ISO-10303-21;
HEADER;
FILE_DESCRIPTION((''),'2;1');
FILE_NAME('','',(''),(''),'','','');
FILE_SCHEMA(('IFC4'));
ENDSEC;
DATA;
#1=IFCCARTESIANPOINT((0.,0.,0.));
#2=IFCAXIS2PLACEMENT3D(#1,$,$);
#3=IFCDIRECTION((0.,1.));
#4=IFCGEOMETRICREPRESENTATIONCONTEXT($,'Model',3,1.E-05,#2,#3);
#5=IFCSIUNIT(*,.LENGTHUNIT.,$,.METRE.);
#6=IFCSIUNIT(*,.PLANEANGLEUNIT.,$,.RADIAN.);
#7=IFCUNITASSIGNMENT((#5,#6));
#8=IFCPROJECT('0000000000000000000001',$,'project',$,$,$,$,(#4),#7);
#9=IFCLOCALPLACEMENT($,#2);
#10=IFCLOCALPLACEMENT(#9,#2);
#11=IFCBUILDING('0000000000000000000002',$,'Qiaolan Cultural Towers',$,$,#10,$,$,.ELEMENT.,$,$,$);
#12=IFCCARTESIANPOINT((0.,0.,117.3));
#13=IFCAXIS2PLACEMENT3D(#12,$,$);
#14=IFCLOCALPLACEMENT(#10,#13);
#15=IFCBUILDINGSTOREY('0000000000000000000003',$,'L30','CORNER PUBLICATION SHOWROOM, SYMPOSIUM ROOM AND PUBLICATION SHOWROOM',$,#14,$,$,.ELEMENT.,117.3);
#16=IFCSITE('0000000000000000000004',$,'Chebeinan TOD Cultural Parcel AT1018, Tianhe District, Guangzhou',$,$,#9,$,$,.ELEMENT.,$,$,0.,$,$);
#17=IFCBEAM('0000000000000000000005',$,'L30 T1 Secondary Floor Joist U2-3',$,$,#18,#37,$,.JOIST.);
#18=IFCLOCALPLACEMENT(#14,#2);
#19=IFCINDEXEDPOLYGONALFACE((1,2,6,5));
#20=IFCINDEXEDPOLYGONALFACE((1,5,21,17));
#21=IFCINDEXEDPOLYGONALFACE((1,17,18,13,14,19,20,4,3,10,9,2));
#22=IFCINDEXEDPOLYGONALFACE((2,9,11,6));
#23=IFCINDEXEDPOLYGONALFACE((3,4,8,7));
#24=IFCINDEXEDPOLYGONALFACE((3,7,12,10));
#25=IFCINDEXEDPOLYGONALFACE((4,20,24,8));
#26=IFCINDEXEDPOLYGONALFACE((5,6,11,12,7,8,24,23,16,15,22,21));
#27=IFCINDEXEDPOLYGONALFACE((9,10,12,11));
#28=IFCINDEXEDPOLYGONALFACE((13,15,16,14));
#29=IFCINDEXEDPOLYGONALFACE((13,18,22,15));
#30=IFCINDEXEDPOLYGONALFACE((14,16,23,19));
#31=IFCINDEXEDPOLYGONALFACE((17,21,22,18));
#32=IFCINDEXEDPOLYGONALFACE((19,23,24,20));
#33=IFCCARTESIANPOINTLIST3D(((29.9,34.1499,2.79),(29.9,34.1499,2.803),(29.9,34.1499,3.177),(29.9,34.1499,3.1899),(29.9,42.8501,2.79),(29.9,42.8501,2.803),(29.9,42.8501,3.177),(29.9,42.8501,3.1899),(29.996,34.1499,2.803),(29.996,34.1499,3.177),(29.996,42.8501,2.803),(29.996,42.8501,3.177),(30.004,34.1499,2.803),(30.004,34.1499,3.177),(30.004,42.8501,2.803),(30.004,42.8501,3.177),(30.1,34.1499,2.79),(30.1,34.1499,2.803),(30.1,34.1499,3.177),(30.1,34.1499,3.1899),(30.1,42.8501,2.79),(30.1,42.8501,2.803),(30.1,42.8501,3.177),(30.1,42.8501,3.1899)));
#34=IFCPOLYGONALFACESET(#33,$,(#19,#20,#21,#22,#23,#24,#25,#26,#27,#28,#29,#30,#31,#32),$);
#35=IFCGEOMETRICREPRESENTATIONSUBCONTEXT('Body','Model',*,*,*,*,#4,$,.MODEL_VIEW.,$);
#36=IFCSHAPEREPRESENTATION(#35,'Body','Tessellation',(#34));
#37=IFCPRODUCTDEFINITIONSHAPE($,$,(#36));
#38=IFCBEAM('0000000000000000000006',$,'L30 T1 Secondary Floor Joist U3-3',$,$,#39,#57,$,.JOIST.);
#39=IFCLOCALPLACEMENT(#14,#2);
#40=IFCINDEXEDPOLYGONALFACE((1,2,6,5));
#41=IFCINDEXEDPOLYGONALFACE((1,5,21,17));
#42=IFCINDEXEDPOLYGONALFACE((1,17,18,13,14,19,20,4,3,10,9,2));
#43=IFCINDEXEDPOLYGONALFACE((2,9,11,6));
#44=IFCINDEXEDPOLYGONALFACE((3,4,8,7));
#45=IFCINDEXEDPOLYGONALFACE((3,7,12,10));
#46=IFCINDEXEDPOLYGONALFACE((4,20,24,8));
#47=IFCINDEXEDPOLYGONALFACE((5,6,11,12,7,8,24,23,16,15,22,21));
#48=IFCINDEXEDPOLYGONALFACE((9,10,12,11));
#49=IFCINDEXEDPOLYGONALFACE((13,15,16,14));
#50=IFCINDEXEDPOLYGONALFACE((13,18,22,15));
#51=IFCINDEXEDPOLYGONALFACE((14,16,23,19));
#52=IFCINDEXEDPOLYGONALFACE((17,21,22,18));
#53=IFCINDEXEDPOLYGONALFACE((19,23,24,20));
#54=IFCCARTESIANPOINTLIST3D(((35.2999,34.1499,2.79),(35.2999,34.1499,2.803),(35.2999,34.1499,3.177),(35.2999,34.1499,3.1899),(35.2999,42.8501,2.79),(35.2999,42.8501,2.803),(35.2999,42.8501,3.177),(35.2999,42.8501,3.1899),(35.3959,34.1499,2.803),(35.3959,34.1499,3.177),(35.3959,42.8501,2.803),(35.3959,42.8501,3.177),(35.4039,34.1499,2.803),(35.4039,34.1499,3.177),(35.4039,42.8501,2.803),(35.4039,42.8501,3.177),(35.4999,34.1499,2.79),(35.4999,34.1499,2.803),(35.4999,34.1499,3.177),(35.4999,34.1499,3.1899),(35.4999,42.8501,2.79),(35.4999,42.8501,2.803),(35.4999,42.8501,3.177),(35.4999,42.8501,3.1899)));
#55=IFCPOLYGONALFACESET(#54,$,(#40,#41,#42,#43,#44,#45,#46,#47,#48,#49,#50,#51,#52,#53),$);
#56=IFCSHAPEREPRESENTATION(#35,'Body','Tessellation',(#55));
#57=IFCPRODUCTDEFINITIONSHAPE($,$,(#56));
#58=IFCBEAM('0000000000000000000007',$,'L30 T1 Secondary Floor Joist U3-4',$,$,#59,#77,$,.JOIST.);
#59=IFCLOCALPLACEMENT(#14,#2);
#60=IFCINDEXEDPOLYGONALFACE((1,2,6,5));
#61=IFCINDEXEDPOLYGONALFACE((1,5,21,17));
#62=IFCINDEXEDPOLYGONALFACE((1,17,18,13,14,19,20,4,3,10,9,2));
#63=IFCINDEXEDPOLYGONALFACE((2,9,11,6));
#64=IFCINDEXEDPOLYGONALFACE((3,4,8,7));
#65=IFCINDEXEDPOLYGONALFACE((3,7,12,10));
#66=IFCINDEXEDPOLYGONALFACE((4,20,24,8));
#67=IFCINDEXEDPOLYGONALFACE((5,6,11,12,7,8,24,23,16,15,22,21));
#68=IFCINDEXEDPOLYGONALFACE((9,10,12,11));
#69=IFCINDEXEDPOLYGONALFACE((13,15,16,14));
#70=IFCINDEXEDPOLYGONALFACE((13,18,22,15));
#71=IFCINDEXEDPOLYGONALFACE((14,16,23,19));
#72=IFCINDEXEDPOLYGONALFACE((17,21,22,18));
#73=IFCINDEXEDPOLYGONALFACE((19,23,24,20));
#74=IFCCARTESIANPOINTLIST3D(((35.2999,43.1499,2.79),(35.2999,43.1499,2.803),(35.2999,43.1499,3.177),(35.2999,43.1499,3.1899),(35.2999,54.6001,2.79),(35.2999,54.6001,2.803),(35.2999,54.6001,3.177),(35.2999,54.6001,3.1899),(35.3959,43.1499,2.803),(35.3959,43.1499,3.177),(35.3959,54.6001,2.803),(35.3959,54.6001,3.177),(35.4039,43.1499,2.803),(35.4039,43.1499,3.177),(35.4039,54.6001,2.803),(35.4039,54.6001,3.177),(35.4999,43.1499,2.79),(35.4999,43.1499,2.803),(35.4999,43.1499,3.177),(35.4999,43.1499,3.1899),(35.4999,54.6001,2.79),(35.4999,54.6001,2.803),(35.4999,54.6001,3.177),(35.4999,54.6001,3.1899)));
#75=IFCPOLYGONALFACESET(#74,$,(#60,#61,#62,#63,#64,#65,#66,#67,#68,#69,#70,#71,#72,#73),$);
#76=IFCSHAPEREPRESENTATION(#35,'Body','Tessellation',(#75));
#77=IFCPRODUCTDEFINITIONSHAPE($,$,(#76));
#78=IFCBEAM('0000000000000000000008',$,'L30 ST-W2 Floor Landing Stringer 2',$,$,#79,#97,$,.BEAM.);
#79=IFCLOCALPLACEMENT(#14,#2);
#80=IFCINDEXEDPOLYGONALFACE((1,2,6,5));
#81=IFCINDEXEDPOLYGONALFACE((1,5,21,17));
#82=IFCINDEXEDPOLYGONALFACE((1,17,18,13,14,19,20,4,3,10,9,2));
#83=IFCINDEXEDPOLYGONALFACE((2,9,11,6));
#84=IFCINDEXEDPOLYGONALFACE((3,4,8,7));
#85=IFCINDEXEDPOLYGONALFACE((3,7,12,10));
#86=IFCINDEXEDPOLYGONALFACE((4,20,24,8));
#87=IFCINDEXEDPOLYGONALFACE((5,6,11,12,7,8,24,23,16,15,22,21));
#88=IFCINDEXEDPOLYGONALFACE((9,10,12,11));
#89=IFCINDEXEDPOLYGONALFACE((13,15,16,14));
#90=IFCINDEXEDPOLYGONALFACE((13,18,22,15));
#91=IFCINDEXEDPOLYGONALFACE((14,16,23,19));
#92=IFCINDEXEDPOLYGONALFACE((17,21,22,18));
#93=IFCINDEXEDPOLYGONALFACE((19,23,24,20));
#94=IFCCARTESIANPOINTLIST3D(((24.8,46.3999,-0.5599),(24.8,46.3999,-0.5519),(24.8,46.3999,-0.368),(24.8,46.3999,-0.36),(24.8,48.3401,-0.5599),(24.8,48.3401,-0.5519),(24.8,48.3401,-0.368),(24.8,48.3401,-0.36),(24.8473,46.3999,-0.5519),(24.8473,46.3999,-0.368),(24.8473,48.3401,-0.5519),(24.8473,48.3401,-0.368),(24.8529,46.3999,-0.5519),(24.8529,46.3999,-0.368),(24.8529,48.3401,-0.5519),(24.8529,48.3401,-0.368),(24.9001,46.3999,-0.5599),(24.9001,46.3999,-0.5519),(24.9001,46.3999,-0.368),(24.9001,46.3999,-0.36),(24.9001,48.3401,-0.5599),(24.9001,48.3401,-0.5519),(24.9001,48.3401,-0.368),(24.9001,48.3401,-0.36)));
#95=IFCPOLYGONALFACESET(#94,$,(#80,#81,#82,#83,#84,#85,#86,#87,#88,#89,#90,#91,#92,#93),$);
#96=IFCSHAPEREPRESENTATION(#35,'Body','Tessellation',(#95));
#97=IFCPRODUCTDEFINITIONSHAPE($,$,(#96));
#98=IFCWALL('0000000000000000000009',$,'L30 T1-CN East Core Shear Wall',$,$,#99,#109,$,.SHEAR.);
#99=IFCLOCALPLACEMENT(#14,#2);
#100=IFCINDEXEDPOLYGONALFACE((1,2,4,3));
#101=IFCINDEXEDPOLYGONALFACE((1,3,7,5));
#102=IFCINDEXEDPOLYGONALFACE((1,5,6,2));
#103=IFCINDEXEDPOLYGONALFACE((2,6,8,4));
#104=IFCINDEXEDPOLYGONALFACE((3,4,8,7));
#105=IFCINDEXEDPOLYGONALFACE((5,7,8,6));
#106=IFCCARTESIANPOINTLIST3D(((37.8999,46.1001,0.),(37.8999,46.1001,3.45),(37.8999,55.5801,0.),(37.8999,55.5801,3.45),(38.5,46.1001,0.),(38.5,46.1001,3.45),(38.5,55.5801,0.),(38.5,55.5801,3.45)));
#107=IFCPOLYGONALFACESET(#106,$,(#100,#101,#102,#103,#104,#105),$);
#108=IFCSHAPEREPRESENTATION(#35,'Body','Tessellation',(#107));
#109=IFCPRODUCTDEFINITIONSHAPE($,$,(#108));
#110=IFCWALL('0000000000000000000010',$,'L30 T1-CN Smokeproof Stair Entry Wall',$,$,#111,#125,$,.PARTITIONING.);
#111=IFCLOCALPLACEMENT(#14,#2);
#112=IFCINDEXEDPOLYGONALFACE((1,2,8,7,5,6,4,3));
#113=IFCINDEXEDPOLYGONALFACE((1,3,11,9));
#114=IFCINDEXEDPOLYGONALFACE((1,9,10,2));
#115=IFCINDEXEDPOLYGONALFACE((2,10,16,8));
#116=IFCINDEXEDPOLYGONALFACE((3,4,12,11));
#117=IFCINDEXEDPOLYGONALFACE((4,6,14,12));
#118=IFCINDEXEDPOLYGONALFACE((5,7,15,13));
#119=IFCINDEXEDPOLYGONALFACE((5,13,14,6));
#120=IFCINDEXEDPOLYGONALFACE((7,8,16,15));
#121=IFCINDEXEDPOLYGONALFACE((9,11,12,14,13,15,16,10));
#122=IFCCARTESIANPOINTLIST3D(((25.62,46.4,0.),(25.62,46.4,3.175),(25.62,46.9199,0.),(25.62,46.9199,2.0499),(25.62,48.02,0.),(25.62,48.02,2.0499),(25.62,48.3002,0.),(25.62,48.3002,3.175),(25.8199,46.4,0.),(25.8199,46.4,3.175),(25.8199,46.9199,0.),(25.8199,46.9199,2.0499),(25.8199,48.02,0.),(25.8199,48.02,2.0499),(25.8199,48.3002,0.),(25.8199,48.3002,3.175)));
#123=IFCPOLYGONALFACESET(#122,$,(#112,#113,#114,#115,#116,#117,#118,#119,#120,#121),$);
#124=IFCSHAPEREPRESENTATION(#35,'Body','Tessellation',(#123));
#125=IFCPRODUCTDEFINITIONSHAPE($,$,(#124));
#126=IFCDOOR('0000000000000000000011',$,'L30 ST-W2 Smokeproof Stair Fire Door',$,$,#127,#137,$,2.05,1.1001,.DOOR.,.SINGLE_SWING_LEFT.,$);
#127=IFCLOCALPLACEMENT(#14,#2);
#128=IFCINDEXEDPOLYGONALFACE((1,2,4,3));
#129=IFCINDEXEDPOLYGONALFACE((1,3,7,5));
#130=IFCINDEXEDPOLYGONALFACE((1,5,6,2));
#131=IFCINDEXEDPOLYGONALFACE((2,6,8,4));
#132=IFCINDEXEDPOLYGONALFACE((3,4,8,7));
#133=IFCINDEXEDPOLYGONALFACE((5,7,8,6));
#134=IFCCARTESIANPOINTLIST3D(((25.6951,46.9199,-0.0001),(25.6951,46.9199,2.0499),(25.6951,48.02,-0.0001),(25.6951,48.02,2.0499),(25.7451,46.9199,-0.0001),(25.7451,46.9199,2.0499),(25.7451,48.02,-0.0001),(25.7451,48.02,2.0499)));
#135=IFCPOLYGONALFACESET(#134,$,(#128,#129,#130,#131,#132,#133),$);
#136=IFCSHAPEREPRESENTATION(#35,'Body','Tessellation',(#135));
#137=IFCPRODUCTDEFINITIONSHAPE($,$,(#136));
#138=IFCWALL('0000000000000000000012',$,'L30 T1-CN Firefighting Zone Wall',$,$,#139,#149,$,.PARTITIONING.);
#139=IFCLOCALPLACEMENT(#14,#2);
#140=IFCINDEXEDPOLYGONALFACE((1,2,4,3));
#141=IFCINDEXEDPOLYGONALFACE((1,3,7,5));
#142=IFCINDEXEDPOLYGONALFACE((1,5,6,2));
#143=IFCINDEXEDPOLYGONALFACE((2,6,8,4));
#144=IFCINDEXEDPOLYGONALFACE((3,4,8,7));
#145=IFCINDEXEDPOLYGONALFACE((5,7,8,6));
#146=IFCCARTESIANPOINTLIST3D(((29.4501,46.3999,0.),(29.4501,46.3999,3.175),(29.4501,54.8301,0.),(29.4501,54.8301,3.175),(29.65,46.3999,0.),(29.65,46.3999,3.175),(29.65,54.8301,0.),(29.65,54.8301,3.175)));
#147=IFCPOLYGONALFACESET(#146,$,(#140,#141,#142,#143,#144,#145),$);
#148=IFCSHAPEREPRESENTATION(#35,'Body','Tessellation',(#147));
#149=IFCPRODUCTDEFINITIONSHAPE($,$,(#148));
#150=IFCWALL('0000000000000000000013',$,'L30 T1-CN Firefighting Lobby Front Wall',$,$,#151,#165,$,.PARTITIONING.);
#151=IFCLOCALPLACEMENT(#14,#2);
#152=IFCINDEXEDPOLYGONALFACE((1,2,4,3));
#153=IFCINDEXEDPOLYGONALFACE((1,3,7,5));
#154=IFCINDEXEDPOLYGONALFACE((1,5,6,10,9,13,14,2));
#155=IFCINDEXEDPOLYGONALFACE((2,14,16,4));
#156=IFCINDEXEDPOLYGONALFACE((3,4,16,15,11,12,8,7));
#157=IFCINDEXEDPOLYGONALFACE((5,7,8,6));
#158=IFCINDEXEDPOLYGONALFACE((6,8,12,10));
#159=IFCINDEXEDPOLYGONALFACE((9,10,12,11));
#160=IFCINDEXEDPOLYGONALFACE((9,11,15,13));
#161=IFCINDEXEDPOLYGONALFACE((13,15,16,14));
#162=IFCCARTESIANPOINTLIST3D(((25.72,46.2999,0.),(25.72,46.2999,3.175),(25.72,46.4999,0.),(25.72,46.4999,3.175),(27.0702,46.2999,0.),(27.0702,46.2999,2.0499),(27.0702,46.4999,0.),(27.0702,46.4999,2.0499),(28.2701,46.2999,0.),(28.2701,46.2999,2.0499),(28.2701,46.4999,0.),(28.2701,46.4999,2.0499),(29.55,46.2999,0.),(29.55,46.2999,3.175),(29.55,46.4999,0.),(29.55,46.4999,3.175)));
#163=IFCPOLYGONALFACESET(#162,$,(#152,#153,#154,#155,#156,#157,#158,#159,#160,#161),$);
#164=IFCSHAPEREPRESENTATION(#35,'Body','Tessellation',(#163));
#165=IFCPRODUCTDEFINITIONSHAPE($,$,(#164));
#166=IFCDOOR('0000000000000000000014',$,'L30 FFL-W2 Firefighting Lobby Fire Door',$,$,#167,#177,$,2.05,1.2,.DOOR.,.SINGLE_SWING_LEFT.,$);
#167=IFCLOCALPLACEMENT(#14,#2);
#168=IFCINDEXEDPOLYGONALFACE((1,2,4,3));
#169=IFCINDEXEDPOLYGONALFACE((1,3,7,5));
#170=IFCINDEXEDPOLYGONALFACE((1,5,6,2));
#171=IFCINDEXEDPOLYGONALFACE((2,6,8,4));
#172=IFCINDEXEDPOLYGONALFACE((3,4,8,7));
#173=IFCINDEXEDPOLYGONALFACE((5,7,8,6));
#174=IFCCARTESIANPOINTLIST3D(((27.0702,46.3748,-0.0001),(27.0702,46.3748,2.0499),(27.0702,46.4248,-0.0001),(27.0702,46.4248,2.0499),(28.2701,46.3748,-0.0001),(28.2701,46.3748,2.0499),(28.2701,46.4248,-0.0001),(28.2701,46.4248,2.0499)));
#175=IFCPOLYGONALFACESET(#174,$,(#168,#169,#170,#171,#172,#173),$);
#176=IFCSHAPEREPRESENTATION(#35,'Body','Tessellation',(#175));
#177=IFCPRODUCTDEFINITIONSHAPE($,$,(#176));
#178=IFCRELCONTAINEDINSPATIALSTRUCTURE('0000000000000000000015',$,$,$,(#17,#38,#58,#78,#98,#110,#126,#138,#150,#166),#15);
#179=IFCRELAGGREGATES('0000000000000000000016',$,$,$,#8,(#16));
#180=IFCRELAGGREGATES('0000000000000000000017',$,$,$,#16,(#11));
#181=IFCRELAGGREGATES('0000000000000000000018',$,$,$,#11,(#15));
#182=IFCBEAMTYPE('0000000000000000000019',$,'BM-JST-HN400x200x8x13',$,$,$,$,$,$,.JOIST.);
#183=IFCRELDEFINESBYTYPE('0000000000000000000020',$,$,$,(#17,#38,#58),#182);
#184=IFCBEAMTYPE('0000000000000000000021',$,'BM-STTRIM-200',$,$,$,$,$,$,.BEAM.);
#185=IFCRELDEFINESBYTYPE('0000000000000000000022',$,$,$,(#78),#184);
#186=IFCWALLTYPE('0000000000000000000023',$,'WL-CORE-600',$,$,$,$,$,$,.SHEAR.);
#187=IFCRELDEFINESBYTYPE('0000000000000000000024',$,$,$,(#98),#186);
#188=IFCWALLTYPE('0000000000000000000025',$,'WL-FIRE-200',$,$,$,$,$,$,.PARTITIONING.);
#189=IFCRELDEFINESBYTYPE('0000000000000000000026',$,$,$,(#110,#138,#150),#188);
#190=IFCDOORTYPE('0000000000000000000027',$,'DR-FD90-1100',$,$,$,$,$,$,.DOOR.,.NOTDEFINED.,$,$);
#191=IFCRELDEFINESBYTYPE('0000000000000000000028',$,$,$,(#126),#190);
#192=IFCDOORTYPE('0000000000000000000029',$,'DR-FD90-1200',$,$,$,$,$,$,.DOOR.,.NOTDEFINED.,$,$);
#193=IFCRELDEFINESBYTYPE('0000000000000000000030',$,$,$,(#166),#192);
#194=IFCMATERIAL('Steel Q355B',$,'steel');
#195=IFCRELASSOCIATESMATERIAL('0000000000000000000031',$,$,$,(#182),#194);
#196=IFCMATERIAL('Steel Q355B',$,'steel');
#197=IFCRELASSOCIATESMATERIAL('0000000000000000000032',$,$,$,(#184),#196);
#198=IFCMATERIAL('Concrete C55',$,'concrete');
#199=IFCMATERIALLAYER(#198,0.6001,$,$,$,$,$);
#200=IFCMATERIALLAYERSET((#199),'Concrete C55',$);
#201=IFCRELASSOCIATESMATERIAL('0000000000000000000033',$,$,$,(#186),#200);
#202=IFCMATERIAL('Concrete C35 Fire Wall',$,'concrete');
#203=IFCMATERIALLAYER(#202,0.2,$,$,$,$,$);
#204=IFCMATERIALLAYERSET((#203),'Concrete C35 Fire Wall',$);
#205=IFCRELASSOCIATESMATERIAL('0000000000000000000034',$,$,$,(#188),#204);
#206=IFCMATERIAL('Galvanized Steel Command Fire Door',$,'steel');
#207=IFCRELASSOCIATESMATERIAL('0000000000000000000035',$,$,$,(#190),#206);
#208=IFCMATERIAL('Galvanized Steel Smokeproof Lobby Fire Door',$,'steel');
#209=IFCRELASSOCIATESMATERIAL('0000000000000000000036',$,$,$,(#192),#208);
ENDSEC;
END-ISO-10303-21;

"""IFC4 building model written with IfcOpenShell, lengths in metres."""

from ifc_helpers import new_model, si_unit, direction, frame, frame_2d, origin, origin_2d, place, context, subcontext, project, spatial, rectangle, i_section, extrude, material, layer, layer_set, material_profile, profile_set, type_object, element, fill, save


model = new_model("IFC4")

# Units and contexts
model_context = context("Model", 3, precision=1e-05, world=origin(), true_north=direction((0.0, 1.0)))
body_context = subcontext(model_context, "Body", "Model", "MODEL_VIEW")
ifc_project = project(units=[si_unit("LENGTHUNIT", "METRE"), si_unit("PLANEANGLEUNIT", "RADIAN")], contexts=[model_context])

# Site, building, storey
site_placement = place(None, origin())
site = spatial("IfcSite", under=ifc_project, at=site_placement, Name="Chebeinan TOD Cultural Parcel AT1018, Tianhe District, Guangzhou", CompositionType="ELEMENT", RefElevation=0.0)
building_placement = place(site_placement, origin())
building = spatial("IfcBuilding", under=site, at=building_placement, Name="Qiaolan Cultural Towers", CompositionType="ELEMENT")
storey_placement = place(building_placement, frame((0.0, 0.0, 117.3)))
storey = spatial("IfcBuildingStorey", under=building, at=storey_placement, Name="L30", Description="CORNER PUBLICATION SHOWROOM, SYMPOSIUM ROOM AND PUBLICATION SHOWROOM", CompositionType="ELEMENT", Elevation=117.3)

# Beams
ifc_material_1 = material(Name="Steel Q355B", Category="steel")
ifc_material_profile_1 = material_profile(ifc_material_1, i_section(OverallWidth=0.2, OverallDepth=0.3999, WebThickness=0.0081, FlangeThickness=0.0129, at=origin_2d()), Name="HN400x200x8x13")
ifc_profile_set_1 = profile_set([ifc_material_profile_1], Name="Steel Q355B")
beam_type_1 = type_object("IfcBeamType", Name="BM-JST-HN400x200x8x13", PredefinedType="JOIST", material=ifc_profile_set_1)
for number, where, z_axis, x_axis, name in (
    (1, (30.0, 34.1499, 2.99), (0.0, 1.0, 0.0), (-1.0, 0.0, 0.0), "L30 T1 Secondary Floor Joist U2-3"),
    (2, (35.3999, 34.1499, 2.99), (0.0, 1.0, 0.0), (-1.0, 0.0, 0.0), "L30 T1 Secondary Floor Joist U3-3"),
):
    element("IfcBeam", number, at=place(storey_placement, frame(where, z_axis=z_axis, x_axis=x_axis)), inside=storey, type_object=beam_type_1, Name=name, PredefinedType="JOIST", context=body_context, shape_type="SweptSolid", body=[
        extrude(i_section(OverallWidth=0.2, OverallDepth=0.3999, WebThickness=0.0081, FlangeThickness=0.0129, at=origin_2d()), origin(), (0.0, 0.0, 1.0), 8.7002),
    ])
beam_1_placement = place(storey_placement, frame((35.3999, 43.1499, 2.99), z_axis=(0.0, 1.0, 0.0), x_axis=(-1.0, 0.0, 0.0)))
element("IfcBeam", 3, at=beam_1_placement, inside=storey, type_object=beam_type_1, Name="L30 T1 Secondary Floor Joist U3-4", PredefinedType="JOIST", context=body_context, shape_type="SweptSolid", body=[
    extrude(i_section(OverallWidth=0.2, OverallDepth=0.3999, WebThickness=0.0081, FlangeThickness=0.0129, at=origin_2d()), origin(), (0.0, 0.0, 1.0), 11.4502),
])
ifc_material_2 = material(Name="Steel Q355B", Category="steel")
ifc_material_profile_2 = material_profile(ifc_material_2, i_section(OverallWidth=0.1001, OverallDepth=0.2, WebThickness=0.0056, FlangeThickness=0.0081, at=origin_2d()), Name="HN200x100x5.5x8")
ifc_profile_set_2 = profile_set([ifc_material_profile_2], Name="Steel Q355B")
beam_type_2 = type_object("IfcBeamType", Name="BM-STTRIM-200", PredefinedType="BEAM", material=ifc_profile_set_2)
beam_2_placement = place(storey_placement, frame((24.8501, 46.3999, -0.46), z_axis=(0.0, 1.0, 0.0), x_axis=(-1.0, 0.0, 0.0)))
element("IfcBeam", 4, at=beam_2_placement, inside=storey, type_object=beam_type_2, Name="L30 ST-W2 Floor Landing Stringer 2", PredefinedType="BEAM", context=body_context, shape_type="SweptSolid", body=[
    extrude(i_section(OverallWidth=0.1001, OverallDepth=0.2, WebThickness=0.0056, FlangeThickness=0.0081, at=origin_2d()), origin(), (0.0, 0.0, 1.0), 1.9402),
])

# Wall
ifc_material_3 = material(Name="Concrete C55", Category="concrete")
ifc_layer_1 = layer(ifc_material_3, 0.6001)
ifc_layer_set_1 = layer_set([ifc_layer_1], Name="Concrete C55")
wall_type_1 = type_object("IfcWallType", Name="WL-CORE-600", PredefinedType="SHEAR", material=ifc_layer_set_1)
wall_1_placement = place(storey_placement, frame((38.2, 46.1001, 0.0), z_axis=(0.0, 0.0, 1.0), x_axis=(0.0, 1.0, 0.0)))
element("IfcWall", 5, at=wall_1_placement, inside=storey, type_object=wall_type_1, Name="L30 T1-CN East Core Shear Wall", PredefinedType="SHEAR", context=body_context, shape_type="SweptSolid", body=[
    extrude(rectangle(XDim=9.48, YDim=0.6001, at=frame_2d((4.74, 0.0))), origin(), (0.0, 0.0, 1.0), 3.45),
])

# Wall, opening, door
ifc_material_4 = material(Name="Concrete C35 Fire Wall", Category="concrete")
ifc_layer_2 = layer(ifc_material_4, 0.2)
ifc_layer_set_2 = layer_set([ifc_layer_2], Name="Concrete C35 Fire Wall")
wall_type_2 = type_object("IfcWallType", Name="WL-FIRE-200", PredefinedType="PARTITIONING", material=ifc_layer_set_2)
wall_2_placement = place(storey_placement, frame((25.72, 46.3999, 0.0), z_axis=(0.0, 0.0, 1.0), x_axis=(0.0, 1.0, 0.0)))
wall_2 = element("IfcWall", 6, at=wall_2_placement, inside=storey, type_object=wall_type_2, Name="L30 T1-CN Smokeproof Stair Entry Wall", PredefinedType="PARTITIONING", context=body_context, shape_type="SweptSolid", body=[
    extrude(rectangle(XDim=1.9001, YDim=0.2, at=frame_2d((0.9502, 0.0))), origin(), (0.0, 0.0, 1.0), 3.175),
])
opening_1_placement = place(wall_2_placement, frame((0.52, 0.0, 0.0)))
opening_1 = element("IfcOpeningElement", 7, at=opening_1_placement, cuts=wall_2, PredefinedType="OPENING", context=body_context, shape_type="SweptSolid", body=[
    extrude(rectangle(XDim=1.1001, YDim=2.05, at=frame_2d((0.55, 1.0249))), frame((0.0, 0.1099, 0.0), z_axis=(0.0, -1.0, 0.0), x_axis=(1.0, 0.0, 0.0)), (0.0, 0.0, 1.0), 0.22),
])
ifc_material_5 = material(Name="Galvanized Steel Command Fire Door", Category="steel")
door_type_1 = type_object("IfcDoorType", Name="DR-FD90-1100", OperationType="NOTDEFINED", PredefinedType="DOOR", material=ifc_material_5)
door_1_placement = place(opening_1_placement, origin())
door_1 = element("IfcDoor", 8, at=door_1_placement, inside=storey, type_object=door_type_1, Name="L30 ST-W2 Smokeproof Stair Fire Door", OperationType="SINGLE_SWING_LEFT", OverallHeight=2.05, OverallWidth=1.1001, PredefinedType="DOOR", context=body_context, shape_type="SweptSolid", body=[
    extrude(rectangle(XDim=1.1001, YDim=2.05, at=frame_2d((0.55, 1.0249))), frame((0.0, 0.0249, 0.0), z_axis=(0.0, -1.0, 0.0), x_axis=(1.0, 0.0, 0.0)), (0.0, 0.0, 1.0), 0.05),
])
fill(opening_1, door_1)

# Wall
wall_3_placement = place(storey_placement, frame((29.55, 46.3999, 0.0), z_axis=(0.0, 0.0, 1.0), x_axis=(0.0, 1.0, 0.0)))
element("IfcWall", 9, at=wall_3_placement, inside=storey, type_object=wall_type_2, Name="L30 T1-CN Firefighting Zone Wall", PredefinedType="PARTITIONING", context=body_context, shape_type="SweptSolid", body=[
    extrude(rectangle(XDim=8.4302, YDim=0.2, at=frame_2d((4.2151, 0.0))), origin(), (0.0, 0.0, 1.0), 3.175),
])

# Wall, opening, door
wall_4_placement = place(storey_placement, frame((25.72, 46.3999, 0.0), z_axis=(0.0, 0.0, 1.0), x_axis=(1.0, 0.0, 0.0)))
wall_4 = element("IfcWall", 10, at=wall_4_placement, inside=storey, type_object=wall_type_2, Name="L30 T1-CN Firefighting Lobby Front Wall", PredefinedType="PARTITIONING", context=body_context, shape_type="SweptSolid", body=[
    extrude(rectangle(XDim=3.8301, YDim=0.2, at=frame_2d((1.915, 0.0))), origin(), (0.0, 0.0, 1.0), 3.175),
])
opening_2_placement = place(wall_4_placement, frame((1.3501, 0.0, 0.0)))
opening_2 = element("IfcOpeningElement", 11, at=opening_2_placement, cuts=wall_4, PredefinedType="OPENING", context=body_context, shape_type="SweptSolid", body=[
    extrude(rectangle(XDim=1.2, YDim=2.05, at=frame_2d((0.6001, 1.0249))), frame((0.0, 0.1099, 0.0), z_axis=(0.0, -1.0, 0.0), x_axis=(1.0, 0.0, 0.0)), (0.0, 0.0, 1.0), 0.22),
])
ifc_material_6 = material(Name="Galvanized Steel Smokeproof Lobby Fire Door", Category="steel")
door_type_2 = type_object("IfcDoorType", Name="DR-FD90-1200", OperationType="NOTDEFINED", PredefinedType="DOOR", material=ifc_material_6)
door_2_placement = place(opening_2_placement, origin())
door_2 = element("IfcDoor", 12, at=door_2_placement, inside=storey, type_object=door_type_2, Name="L30 FFL-W2 Firefighting Lobby Fire Door", OperationType="SINGLE_SWING_LEFT", OverallHeight=2.05, OverallWidth=1.2, PredefinedType="DOOR", context=body_context, shape_type="SweptSolid", body=[
    extrude(rectangle(XDim=1.2, YDim=2.05, at=frame_2d((0.6001, 1.0249))), frame((0.0, 0.0249, 0.0), z_axis=(0.0, -1.0, 0.0), x_axis=(1.0, 0.0, 0.0)), (0.0, 0.0, 1.0), 0.05),
])
fill(opening_2, door_2)

save(model, "model.ifc")
